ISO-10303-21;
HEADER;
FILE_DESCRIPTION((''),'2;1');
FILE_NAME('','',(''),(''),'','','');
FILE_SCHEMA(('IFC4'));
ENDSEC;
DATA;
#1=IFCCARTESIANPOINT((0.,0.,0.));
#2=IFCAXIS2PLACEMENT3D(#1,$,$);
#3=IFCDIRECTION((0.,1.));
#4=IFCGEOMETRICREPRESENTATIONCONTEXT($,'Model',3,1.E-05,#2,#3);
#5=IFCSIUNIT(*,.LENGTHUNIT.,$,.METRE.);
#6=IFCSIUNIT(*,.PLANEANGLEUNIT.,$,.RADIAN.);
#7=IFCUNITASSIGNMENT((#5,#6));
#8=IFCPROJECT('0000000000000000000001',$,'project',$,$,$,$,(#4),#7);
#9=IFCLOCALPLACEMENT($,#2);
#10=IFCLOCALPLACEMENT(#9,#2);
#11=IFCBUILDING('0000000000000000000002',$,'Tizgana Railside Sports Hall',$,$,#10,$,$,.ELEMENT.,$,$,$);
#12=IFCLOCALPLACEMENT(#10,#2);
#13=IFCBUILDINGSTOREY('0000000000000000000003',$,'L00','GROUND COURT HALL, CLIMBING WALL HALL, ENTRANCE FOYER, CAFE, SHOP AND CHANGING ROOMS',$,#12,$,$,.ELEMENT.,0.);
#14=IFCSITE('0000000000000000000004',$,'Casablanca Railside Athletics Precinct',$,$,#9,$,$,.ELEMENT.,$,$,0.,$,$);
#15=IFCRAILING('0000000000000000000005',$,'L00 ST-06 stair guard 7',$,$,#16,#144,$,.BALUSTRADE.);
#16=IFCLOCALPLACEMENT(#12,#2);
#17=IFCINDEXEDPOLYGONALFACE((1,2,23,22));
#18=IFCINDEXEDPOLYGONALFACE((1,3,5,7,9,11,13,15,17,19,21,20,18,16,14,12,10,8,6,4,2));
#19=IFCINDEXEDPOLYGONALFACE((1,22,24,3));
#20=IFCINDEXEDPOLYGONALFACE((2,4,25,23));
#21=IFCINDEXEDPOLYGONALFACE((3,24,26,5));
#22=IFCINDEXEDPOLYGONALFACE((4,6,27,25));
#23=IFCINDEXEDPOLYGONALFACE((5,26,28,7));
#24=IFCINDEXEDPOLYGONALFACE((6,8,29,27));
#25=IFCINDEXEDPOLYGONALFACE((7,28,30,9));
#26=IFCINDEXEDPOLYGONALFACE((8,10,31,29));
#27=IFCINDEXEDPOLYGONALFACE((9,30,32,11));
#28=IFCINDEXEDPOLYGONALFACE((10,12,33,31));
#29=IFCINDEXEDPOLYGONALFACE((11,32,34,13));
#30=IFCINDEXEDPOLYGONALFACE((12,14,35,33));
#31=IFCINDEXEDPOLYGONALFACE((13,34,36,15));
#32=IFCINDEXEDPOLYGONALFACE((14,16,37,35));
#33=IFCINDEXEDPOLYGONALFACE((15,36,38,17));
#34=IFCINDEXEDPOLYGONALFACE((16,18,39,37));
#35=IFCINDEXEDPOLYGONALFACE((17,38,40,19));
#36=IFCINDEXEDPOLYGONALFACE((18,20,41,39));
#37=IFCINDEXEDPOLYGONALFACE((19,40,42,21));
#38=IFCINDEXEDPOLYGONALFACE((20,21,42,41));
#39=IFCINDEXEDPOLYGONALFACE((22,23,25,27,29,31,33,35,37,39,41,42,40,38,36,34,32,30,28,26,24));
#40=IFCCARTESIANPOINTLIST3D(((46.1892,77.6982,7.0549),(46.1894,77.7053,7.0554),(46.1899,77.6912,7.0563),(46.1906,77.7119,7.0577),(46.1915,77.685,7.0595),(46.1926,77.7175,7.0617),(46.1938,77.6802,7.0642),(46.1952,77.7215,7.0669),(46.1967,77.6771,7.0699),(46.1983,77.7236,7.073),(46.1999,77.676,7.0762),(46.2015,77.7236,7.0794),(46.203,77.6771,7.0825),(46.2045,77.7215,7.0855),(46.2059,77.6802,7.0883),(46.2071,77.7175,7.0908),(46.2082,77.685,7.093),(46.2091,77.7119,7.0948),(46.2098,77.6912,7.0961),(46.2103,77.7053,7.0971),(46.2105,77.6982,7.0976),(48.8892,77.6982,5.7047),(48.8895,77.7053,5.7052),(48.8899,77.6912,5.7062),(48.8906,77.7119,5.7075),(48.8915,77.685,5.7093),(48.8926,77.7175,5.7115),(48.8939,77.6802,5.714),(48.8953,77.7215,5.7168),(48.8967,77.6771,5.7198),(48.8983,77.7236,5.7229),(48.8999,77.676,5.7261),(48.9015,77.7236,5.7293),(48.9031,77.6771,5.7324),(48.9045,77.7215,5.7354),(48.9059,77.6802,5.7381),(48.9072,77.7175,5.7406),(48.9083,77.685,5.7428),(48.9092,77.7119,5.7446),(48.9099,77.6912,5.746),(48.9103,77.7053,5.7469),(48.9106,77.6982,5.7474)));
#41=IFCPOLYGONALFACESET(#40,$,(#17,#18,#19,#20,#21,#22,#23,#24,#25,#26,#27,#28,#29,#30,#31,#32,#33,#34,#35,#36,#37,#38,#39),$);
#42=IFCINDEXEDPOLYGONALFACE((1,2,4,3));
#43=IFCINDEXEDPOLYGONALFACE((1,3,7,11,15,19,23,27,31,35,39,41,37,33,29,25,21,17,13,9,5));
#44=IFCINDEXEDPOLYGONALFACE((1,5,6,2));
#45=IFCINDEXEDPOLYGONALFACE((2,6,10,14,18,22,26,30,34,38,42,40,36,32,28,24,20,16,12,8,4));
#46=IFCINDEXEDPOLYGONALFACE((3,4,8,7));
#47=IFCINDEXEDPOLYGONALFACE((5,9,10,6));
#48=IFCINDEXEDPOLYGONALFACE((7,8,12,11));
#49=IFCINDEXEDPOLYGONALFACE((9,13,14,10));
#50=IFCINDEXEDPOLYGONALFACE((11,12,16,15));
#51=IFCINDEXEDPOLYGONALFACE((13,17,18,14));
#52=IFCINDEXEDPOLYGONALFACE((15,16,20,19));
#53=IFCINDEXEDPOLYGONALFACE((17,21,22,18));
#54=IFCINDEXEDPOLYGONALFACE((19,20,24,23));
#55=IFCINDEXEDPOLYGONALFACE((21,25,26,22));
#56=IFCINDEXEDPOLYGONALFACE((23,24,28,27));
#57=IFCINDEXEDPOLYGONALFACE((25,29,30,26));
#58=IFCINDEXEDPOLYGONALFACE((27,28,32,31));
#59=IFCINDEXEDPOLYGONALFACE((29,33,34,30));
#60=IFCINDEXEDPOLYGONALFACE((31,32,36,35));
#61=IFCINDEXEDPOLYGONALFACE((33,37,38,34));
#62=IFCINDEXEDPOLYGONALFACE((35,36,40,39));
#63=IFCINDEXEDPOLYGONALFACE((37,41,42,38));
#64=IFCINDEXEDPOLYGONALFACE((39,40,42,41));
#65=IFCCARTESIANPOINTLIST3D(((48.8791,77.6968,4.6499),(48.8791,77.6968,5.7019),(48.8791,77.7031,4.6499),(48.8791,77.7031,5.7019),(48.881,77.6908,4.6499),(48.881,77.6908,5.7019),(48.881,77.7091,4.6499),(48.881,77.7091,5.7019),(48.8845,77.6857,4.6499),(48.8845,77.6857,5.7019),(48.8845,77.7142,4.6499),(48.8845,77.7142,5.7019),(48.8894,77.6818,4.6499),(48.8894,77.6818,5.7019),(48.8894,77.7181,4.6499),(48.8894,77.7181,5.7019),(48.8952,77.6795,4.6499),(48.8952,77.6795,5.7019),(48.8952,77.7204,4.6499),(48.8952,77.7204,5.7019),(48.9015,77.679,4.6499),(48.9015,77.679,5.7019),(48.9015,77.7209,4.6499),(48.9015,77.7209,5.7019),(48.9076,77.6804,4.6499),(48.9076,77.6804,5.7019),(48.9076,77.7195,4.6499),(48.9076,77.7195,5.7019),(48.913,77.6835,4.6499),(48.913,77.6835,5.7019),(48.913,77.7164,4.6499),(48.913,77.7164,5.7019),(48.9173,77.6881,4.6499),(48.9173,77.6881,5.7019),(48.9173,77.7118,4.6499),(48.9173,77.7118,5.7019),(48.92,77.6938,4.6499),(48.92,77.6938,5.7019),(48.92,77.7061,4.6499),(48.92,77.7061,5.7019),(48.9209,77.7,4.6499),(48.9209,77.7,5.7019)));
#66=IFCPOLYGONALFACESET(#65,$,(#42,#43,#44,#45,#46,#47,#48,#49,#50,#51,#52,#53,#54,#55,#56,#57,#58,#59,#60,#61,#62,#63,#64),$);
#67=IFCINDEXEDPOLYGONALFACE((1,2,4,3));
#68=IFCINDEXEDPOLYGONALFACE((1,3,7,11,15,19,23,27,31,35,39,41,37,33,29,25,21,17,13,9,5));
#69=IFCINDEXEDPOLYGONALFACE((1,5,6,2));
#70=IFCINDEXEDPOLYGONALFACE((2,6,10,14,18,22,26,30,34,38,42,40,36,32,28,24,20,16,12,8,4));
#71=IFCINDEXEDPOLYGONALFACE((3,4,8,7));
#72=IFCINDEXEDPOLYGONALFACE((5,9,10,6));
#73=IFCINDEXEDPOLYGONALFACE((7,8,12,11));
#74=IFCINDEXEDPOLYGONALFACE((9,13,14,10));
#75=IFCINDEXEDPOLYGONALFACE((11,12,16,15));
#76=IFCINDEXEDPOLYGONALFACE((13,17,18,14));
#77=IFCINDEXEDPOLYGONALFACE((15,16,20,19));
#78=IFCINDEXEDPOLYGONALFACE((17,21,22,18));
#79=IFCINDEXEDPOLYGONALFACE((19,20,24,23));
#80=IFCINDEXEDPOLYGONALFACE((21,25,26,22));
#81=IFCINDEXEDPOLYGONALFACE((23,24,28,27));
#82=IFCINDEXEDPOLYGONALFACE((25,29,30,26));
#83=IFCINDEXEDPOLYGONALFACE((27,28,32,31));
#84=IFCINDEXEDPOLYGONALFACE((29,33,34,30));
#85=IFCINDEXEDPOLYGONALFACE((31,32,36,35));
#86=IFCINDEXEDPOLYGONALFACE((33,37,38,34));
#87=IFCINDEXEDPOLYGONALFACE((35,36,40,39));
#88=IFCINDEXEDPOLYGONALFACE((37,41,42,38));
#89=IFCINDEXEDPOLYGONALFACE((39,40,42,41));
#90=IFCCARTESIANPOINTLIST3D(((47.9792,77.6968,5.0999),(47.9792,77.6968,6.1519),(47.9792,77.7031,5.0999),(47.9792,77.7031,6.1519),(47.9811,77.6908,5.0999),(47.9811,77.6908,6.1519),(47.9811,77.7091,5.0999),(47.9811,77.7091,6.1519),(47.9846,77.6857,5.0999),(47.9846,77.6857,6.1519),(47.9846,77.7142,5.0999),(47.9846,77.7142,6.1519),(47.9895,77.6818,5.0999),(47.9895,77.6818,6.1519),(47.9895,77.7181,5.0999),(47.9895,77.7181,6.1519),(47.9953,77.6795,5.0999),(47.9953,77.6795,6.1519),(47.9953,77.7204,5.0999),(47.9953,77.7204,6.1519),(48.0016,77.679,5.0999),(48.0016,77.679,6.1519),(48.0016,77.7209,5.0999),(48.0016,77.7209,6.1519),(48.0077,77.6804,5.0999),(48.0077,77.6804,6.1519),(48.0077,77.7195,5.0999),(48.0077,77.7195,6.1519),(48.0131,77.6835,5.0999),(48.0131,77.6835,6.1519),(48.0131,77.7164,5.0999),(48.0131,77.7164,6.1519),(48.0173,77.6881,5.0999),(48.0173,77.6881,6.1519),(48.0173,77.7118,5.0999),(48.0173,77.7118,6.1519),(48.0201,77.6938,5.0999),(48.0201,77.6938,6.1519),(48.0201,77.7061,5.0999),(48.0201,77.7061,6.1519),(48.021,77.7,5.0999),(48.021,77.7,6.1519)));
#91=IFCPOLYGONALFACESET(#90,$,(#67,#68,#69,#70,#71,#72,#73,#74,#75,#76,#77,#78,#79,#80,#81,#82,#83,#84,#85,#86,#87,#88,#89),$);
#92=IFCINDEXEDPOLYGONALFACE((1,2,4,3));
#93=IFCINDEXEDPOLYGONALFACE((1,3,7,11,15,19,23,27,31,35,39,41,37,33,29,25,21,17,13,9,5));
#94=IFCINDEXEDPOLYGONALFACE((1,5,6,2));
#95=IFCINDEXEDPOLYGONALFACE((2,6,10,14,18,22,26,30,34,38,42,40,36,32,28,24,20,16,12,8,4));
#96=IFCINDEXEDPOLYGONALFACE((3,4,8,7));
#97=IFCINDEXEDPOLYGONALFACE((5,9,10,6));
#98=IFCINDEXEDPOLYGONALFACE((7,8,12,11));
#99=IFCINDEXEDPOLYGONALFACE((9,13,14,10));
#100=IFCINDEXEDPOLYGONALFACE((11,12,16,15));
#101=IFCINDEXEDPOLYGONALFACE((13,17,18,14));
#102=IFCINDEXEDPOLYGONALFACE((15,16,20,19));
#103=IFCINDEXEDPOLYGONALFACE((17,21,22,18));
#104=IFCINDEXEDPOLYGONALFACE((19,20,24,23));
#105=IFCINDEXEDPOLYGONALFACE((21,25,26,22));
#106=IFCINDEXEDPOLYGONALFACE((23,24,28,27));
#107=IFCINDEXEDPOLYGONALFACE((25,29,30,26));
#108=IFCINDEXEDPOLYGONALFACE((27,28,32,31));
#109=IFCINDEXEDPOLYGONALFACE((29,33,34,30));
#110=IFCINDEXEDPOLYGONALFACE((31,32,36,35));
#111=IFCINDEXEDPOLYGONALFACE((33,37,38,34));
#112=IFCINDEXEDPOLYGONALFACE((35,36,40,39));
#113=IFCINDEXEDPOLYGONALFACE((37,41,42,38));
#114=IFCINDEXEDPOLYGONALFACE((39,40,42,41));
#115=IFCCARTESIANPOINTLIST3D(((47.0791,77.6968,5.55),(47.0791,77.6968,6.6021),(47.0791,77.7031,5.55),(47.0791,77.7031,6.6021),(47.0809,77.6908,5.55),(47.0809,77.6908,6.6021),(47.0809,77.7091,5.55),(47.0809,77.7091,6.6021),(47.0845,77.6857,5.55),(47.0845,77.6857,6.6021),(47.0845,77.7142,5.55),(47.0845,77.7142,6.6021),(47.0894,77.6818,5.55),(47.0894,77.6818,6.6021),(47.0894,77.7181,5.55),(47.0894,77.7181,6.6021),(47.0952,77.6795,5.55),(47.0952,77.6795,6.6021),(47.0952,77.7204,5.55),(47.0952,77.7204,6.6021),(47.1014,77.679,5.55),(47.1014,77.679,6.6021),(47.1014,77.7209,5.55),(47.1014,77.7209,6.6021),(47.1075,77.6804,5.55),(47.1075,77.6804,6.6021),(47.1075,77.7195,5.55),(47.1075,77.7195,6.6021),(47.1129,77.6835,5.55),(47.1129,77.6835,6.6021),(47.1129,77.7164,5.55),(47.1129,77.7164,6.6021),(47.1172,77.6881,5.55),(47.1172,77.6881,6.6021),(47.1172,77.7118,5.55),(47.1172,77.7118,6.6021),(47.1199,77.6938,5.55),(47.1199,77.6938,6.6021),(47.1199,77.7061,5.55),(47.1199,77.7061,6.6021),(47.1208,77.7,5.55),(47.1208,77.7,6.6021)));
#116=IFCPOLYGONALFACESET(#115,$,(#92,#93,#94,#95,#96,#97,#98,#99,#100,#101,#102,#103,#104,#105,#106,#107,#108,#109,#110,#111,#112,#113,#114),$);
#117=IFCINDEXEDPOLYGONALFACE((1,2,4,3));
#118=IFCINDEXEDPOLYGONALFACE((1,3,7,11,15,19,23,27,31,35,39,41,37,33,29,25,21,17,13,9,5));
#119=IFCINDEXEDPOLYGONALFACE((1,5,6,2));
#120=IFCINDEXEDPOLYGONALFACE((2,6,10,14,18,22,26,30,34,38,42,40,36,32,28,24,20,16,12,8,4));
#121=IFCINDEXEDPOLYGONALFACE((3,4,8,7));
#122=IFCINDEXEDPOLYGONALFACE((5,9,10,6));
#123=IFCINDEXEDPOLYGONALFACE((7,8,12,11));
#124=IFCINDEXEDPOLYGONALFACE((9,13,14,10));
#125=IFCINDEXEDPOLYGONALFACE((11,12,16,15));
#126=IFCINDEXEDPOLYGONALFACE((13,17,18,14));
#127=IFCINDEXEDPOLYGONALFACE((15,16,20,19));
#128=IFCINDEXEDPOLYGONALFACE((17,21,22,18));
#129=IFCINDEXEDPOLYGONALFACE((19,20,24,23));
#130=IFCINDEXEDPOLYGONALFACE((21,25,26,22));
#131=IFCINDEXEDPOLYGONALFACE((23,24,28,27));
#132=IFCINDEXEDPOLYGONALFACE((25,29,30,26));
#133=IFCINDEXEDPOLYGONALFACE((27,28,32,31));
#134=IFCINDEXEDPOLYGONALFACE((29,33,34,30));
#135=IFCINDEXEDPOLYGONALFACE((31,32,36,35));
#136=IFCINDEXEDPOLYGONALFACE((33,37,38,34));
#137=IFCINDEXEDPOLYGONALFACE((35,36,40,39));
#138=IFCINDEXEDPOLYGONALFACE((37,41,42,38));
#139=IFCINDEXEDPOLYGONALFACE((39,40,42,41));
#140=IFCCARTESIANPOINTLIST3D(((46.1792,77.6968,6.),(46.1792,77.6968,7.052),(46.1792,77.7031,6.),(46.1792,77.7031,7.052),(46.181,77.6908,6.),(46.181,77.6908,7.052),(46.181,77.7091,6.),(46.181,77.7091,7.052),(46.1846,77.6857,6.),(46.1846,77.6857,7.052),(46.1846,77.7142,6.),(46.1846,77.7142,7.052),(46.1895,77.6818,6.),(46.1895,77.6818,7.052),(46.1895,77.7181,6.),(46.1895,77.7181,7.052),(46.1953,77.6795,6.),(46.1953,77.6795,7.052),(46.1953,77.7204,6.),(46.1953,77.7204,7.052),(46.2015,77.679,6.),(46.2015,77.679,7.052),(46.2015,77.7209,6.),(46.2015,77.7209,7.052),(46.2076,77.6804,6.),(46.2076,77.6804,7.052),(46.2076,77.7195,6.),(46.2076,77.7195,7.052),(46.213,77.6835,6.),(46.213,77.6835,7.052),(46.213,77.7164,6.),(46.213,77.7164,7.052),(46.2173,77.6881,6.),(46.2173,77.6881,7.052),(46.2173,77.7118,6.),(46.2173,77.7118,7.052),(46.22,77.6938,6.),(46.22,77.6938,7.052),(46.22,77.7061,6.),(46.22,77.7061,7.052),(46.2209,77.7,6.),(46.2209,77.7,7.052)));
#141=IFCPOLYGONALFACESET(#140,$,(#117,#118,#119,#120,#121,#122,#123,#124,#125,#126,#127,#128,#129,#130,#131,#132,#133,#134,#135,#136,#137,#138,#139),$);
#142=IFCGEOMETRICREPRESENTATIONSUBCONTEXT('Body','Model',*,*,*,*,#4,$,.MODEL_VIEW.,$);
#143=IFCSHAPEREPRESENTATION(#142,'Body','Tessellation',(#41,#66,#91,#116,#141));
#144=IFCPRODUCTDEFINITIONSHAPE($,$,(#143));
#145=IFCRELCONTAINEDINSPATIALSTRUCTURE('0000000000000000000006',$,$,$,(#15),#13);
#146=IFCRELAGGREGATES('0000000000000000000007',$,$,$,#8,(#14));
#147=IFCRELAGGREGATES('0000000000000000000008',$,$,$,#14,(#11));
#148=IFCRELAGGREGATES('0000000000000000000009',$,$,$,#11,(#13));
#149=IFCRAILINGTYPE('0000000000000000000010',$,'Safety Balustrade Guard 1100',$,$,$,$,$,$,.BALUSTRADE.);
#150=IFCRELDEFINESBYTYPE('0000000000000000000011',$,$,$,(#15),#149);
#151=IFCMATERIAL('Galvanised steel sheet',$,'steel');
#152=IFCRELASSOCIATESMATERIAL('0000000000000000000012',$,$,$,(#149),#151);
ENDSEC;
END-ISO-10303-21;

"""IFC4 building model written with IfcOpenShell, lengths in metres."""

from ifc_helpers import new_model, si_unit, direction, frame, origin, origin_2d, place, context, subcontext, project, spatial, circle, extrude, material, type_object, element, save


model = new_model("IFC4")

# Units and contexts
model_context = context("Model", 3, precision=1e-05, world=origin(), true_north=direction((0.0, 1.0)))
body_context = subcontext(model_context, "Body", "Model", "MODEL_VIEW")
ifc_project = project(units=[si_unit("LENGTHUNIT", "METRE"), si_unit("PLANEANGLEUNIT", "RADIAN")], contexts=[model_context])

# Site, building, storey
site_placement = place(None, origin())
site = spatial("IfcSite", under=ifc_project, at=site_placement, Name="Casablanca Railside Athletics Precinct", CompositionType="ELEMENT", RefElevation=0.0)
building_placement = place(site_placement, origin())
building = spatial("IfcBuilding", under=site, at=building_placement, Name="Tizgana Railside Sports Hall", CompositionType="ELEMENT")
storey_placement = place(building_placement, origin())
storey = spatial("IfcBuildingStorey", under=building, at=storey_placement, Name="L00", Description="GROUND COURT HALL, CLIMBING WALL HALL, ENTRANCE FOYER, CAFE, SHOP AND CHANGING ROOMS", CompositionType="ELEMENT", Elevation=0.0)

# Shared definitions
ifc_material_1 = material(Name="Galvanised steel sheet", Category="steel")

# Railing
railing_type_1 = type_object("IfcRailingType", Name="Safety Balustrade Guard 1100", PredefinedType="BALUSTRADE", material=ifc_material_1)
railing_1_placement = place(storey_placement, frame((48.8999, 77.7, 4.6499)))
element("IfcRailing", 1, at=railing_1_placement, inside=storey, type_object=railing_type_1, Name="L00 ST-06 stair guard 7", PredefinedType="BALUSTRADE", context=body_context, shape_type="SweptSolid", body=[
    extrude(circle(Radius=0.0239, at=origin_2d()), frame((0.0, 0.0, 1.0762), z_axis=(-0.894411, 0.0, 0.447246), x_axis=(0.0, -1.0, 0.0)), (0.0, 0.0, 1.0), 3.0188),
    extrude(circle(Radius=0.021, at=origin_2d()), origin(), (0.0, 0.0, 1.0), 1.052),
    extrude(circle(Radius=0.021, at=origin_2d()), frame((-0.8999, 0.0, 0.45)), (0.0, 0.0, 1.0), 1.052),
    extrude(circle(Radius=0.021, at=origin_2d()), frame((-1.8, 0.0, 0.9001)), (0.0, 0.0, 1.0), 1.052),
    extrude(circle(Radius=0.021, at=origin_2d()), frame((-2.7, 0.0, 1.3501)), (0.0, 0.0, 1.0), 1.052),
])

save(model, "model.ifc")
